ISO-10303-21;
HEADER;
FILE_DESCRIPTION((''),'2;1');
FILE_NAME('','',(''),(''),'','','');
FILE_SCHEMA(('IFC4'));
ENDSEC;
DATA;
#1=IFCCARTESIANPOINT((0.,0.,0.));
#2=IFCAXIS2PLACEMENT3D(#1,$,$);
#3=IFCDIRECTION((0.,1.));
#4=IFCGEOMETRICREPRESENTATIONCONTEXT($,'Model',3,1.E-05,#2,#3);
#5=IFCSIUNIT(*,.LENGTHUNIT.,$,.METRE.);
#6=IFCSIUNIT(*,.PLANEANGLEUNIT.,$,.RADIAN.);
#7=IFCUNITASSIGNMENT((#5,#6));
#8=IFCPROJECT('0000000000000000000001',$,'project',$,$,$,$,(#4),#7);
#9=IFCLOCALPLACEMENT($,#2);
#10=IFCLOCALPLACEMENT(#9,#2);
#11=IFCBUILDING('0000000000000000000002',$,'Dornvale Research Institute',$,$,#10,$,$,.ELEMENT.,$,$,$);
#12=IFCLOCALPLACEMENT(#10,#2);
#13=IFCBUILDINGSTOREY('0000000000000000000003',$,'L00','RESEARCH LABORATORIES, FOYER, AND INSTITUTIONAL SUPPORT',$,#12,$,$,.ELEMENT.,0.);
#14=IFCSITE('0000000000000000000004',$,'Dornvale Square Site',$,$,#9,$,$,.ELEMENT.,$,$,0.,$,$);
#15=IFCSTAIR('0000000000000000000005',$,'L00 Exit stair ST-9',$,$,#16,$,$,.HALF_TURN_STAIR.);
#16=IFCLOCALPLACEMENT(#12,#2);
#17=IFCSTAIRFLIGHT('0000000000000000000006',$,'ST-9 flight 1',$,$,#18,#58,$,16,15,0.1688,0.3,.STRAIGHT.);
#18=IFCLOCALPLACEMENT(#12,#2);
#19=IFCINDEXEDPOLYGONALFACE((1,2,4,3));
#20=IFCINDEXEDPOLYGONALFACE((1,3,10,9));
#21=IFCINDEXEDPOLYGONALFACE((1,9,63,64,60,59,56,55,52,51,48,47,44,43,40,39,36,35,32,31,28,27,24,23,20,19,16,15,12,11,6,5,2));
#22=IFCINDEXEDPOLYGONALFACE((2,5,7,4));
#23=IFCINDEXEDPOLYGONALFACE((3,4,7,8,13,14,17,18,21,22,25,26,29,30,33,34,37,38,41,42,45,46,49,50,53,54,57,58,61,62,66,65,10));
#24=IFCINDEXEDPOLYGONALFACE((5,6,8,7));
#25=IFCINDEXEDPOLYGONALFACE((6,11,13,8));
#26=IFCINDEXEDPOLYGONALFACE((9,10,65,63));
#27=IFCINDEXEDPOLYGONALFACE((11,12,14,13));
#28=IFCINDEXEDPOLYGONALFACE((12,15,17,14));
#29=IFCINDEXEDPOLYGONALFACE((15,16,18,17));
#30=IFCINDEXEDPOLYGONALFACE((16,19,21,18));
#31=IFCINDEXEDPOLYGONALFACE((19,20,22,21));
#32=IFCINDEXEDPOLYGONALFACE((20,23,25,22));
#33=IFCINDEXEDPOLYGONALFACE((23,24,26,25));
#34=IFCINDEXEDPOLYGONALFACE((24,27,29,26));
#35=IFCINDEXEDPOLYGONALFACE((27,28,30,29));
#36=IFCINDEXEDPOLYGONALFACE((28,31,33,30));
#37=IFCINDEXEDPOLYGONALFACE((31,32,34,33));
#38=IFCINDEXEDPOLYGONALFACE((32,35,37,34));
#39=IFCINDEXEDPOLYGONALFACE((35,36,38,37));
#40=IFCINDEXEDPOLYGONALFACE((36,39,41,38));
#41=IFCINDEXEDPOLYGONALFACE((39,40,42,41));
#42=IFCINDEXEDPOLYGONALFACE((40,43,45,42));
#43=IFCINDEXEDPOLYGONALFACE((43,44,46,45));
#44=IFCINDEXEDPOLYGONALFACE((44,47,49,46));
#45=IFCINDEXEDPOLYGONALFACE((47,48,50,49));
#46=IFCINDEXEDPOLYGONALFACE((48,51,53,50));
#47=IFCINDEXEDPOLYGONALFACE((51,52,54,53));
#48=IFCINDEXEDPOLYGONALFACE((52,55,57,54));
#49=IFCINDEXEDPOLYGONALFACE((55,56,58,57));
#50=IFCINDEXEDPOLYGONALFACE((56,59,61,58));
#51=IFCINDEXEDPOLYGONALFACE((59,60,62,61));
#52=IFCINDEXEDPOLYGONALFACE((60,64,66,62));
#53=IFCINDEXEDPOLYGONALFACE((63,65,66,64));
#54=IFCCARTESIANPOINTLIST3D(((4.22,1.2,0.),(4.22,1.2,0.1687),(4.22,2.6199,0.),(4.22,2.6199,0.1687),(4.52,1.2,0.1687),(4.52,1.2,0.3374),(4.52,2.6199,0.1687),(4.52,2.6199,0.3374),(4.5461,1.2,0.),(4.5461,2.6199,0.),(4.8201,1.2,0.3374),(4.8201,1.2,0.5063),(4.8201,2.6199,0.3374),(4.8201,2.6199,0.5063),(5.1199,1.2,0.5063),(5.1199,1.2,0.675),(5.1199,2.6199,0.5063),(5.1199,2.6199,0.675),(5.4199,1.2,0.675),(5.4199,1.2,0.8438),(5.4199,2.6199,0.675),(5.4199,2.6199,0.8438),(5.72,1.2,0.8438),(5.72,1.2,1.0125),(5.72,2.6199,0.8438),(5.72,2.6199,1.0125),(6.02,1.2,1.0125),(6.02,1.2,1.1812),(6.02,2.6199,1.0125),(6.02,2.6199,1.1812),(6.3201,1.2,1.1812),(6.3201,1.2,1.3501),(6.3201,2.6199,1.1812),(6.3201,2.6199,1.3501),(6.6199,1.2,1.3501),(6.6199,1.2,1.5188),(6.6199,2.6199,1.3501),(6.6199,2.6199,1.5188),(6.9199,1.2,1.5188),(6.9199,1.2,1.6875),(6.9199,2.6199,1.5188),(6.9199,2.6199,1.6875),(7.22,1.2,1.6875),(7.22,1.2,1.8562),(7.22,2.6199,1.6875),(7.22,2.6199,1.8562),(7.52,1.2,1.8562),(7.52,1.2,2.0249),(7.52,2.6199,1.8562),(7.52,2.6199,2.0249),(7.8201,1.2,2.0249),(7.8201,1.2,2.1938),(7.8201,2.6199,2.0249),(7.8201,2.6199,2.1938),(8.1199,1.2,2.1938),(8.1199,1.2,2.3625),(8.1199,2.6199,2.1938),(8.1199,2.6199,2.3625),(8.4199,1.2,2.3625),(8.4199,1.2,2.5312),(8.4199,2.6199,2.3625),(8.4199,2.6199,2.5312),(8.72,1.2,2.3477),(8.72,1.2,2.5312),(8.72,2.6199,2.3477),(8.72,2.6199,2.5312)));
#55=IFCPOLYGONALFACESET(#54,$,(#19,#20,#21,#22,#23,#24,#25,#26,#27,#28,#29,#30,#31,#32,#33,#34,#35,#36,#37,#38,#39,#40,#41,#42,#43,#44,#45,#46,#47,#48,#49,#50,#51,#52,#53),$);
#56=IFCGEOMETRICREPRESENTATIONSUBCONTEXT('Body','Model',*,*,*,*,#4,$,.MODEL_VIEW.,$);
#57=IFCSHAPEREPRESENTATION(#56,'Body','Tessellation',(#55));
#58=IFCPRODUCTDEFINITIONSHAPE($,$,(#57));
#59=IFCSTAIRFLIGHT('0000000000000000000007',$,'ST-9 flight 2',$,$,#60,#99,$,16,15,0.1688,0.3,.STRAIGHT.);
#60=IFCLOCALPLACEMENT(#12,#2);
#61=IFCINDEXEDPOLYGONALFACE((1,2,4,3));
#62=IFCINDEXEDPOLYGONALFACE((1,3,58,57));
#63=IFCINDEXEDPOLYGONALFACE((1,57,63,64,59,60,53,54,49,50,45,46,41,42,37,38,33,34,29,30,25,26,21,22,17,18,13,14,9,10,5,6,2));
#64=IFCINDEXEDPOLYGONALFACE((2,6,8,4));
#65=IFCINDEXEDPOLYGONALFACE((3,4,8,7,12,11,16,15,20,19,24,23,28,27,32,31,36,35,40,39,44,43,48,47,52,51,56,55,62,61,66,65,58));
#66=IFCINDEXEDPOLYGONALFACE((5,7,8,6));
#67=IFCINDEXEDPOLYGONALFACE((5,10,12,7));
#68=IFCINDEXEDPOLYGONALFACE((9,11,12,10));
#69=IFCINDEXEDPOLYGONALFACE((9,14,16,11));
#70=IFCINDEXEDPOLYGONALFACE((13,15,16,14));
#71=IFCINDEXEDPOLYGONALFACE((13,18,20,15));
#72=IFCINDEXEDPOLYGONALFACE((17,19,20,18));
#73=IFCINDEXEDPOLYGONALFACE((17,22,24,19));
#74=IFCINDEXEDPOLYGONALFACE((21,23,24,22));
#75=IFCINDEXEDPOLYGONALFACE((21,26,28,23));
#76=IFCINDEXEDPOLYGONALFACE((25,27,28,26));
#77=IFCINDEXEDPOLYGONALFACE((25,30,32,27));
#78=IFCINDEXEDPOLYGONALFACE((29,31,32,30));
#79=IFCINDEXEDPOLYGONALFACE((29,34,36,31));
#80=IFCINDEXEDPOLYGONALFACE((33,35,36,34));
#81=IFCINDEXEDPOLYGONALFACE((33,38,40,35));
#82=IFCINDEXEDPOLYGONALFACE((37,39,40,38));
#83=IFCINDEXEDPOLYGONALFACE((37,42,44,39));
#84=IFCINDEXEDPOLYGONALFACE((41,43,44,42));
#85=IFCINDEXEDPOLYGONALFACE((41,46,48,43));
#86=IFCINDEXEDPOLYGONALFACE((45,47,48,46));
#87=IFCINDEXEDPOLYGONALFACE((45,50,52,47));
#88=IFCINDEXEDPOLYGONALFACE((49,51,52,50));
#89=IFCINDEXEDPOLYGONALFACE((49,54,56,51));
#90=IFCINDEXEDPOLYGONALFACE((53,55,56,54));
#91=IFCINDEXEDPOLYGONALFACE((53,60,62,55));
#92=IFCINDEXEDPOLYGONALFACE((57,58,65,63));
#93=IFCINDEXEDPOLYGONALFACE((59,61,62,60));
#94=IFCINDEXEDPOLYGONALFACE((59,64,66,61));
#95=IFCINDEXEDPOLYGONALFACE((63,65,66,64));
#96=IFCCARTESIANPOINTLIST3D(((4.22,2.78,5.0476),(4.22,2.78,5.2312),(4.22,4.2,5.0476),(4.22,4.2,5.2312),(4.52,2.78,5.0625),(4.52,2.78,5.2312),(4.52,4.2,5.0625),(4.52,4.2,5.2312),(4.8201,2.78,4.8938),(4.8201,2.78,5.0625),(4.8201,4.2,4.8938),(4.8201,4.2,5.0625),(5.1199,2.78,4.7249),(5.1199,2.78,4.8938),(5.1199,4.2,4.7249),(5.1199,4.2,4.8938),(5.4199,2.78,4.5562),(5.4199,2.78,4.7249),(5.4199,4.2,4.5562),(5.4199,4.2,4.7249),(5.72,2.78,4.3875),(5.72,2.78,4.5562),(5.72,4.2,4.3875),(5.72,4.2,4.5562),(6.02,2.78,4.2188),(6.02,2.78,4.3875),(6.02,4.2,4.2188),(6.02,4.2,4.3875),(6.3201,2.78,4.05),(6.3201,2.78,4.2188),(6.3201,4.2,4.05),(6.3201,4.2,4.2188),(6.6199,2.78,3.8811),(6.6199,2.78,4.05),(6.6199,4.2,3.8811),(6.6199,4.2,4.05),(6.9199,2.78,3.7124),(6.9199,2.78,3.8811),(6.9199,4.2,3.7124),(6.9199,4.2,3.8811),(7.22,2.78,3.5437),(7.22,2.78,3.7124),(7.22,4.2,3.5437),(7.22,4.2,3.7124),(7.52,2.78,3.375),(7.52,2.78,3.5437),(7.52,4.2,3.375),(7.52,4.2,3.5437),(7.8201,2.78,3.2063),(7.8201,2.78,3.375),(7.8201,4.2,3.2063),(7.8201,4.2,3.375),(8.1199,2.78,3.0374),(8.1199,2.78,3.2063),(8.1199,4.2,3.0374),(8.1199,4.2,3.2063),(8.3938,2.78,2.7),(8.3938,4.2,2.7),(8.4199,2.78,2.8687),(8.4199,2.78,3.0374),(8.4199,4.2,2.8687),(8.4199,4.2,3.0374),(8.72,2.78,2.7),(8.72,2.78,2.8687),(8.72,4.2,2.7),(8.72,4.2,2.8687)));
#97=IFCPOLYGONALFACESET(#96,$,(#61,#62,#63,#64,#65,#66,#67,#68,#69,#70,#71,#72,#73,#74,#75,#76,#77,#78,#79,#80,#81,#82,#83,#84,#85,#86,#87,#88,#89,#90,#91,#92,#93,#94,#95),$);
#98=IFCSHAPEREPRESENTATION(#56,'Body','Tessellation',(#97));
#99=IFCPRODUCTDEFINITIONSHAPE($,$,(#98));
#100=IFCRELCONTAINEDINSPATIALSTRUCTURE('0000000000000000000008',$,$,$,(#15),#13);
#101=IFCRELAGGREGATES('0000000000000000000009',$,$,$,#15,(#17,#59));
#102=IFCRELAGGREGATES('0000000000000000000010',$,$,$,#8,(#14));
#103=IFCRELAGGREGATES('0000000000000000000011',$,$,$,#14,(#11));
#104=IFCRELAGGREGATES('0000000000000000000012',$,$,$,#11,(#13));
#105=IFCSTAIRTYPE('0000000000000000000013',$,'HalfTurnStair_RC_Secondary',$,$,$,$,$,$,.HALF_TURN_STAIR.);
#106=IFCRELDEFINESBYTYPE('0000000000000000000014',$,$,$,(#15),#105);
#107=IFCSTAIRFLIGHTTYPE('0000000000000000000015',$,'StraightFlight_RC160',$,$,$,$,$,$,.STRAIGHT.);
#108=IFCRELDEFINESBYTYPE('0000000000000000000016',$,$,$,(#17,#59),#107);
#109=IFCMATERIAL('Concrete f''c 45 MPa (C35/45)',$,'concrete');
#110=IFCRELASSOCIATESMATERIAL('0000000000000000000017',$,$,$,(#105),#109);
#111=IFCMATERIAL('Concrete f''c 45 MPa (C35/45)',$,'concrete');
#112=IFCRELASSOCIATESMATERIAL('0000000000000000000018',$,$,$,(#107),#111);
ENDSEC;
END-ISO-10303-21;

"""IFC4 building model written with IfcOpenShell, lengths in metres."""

from ifc_helpers import new_model, si_unit, direction, frame, origin, place, context, subcontext, project, spatial, polyline, outline, extrude, material, type_object, element, aggregate, save


model = new_model("IFC4")

# Units and contexts
model_context = context("Model", 3, precision=1e-05, world=origin(), true_north=direction((0.0, 1.0)))
body_context = subcontext(model_context, "Body", "Model", "MODEL_VIEW")
ifc_project = project(units=[si_unit("LENGTHUNIT", "METRE"), si_unit("PLANEANGLEUNIT", "RADIAN")], contexts=[model_context])

# Site, building, storey
site_placement = place(None, origin())
site = spatial("IfcSite", under=ifc_project, at=site_placement, Name="Dornvale Square Site", CompositionType="ELEMENT", RefElevation=0.0)
building_placement = place(site_placement, origin())
building = spatial("IfcBuilding", under=site, at=building_placement, Name="Dornvale Research Institute", CompositionType="ELEMENT")
storey_placement = place(building_placement, origin())
storey = spatial("IfcBuildingStorey", under=building, at=storey_placement, Name="L00", Description="RESEARCH LABORATORIES, FOYER, AND INSTITUTIONAL SUPPORT", CompositionType="ELEMENT", Elevation=0.0)

# Stair, stair flights
ifc_material_1 = material(Name="Concrete f'c 45 MPa (C35/45)", Category="concrete")
stair_type = type_object("IfcStairType", Name="HalfTurnStair_RC_Secondary", PredefinedType="HALF_TURN_STAIR", material=ifc_material_1)
stair_placement = place(storey_placement, origin())
stair = element("IfcStair", 1, at=stair_placement, inside=storey, type_object=stair_type, Name="L00 Exit stair ST-9", PredefinedType="HALF_TURN_STAIR")
ifc_material_2 = material(Name="Concrete f'c 45 MPa (C35/45)", Category="concrete")
stair_flight_type = type_object("IfcStairFlightType", Name="StraightFlight_RC160", PredefinedType="STRAIGHT", material=ifc_material_2)
stair_flight_1_placement = place(storey_placement, frame((4.22, 1.9099, 0.0), z_axis=(0.0, 0.0, 1.0), x_axis=(1.0, 0.0, 0.0)))
stair_flight_1 = element("IfcStairFlight", 2, at=stair_flight_1_placement, type_object=stair_flight_type, Name="ST-9 flight 1", NumberOfRisers=16, NumberOfTreads=15, PredefinedType="STRAIGHT", RiserHeight=0.1688, TreadLength=0.3, context=body_context, shape_type="SweptSolid", body=[
    extrude(outline(polyline([(0.0, 0.0), (0.0, 0.1687), (0.3, 0.1687), (0.3, 0.3374), (0.6001, 0.3374), (0.6001, 0.5063), (0.8999, 0.5063), (0.8999, 0.675), (1.2, 0.675), (1.2, 0.8438), (1.5, 0.8438), (1.5, 1.0125), (1.8, 1.0125), (1.8, 1.1812), (2.1001, 1.1812), (2.1001, 1.3501), (2.3999, 1.3501), (2.3999, 1.5188), (2.7, 1.5188), (2.7, 1.6875), (3.0, 1.6875), (3.0, 1.8562), (3.3, 1.8562), (3.3, 2.0249), (3.6001, 2.0249), (3.6001, 2.1938), (3.8999, 2.1938), (3.8999, 2.3625), (4.2, 2.3625), (4.2, 2.5312), (4.5, 2.5312), (4.5, 2.7), (4.5, 2.3477), (0.3262, 0.0), (0.0, 0.0)])), frame((0.0, 0.71, 0.0), z_axis=(0.0, -1.0, 0.0), x_axis=(1.0, 0.0, 0.0)), (0.0, 0.0, 1.0), 1.4199),
])
stair_flight_2_placement = place(storey_placement, frame((8.72, 3.49, 2.7), z_axis=(0.0, 0.0, 1.0), x_axis=(-1.0, 0.0, 0.0)))
stair_flight_2 = element("IfcStairFlight", 3, at=stair_flight_2_placement, type_object=stair_flight_type, Name="ST-9 flight 2", NumberOfRisers=16, NumberOfTreads=15, PredefinedType="STRAIGHT", RiserHeight=0.1688, TreadLength=0.3, context=body_context, shape_type="SweptSolid", body=[
    extrude(outline(polyline([(0.0, 0.0), (0.0, 0.1687), (0.3, 0.1687), (0.3, 0.3374), (0.6001, 0.3374), (0.6001, 0.5063), (0.8999, 0.5063), (0.8999, 0.675), (1.2, 0.675), (1.2, 0.8438), (1.5, 0.8438), (1.5, 1.0125), (1.8, 1.0125), (1.8, 1.1812), (2.1001, 1.1812), (2.1001, 1.3501), (2.3999, 1.3501), (2.3999, 1.5188), (2.7, 1.5188), (2.7, 1.6875), (3.0, 1.6875), (3.0, 1.8562), (3.3, 1.8562), (3.3, 2.0249), (3.6001, 2.0249), (3.6001, 2.1938), (3.8999, 2.1938), (3.8999, 2.3625), (4.2, 2.3625), (4.2, 2.5312), (4.5, 2.5312), (4.5, 2.7), (4.5, 2.3477), (0.3262, 0.0), (0.0, 0.0)])), frame((0.0, 0.71, 0.0), z_axis=(0.0, -1.0, 0.0), x_axis=(1.0, 0.0, 0.0)), (0.0, 0.0, 1.0), 1.4199),
])
aggregate(stair, [stair_flight_1, stair_flight_2])

save(model, "model.ifc")
